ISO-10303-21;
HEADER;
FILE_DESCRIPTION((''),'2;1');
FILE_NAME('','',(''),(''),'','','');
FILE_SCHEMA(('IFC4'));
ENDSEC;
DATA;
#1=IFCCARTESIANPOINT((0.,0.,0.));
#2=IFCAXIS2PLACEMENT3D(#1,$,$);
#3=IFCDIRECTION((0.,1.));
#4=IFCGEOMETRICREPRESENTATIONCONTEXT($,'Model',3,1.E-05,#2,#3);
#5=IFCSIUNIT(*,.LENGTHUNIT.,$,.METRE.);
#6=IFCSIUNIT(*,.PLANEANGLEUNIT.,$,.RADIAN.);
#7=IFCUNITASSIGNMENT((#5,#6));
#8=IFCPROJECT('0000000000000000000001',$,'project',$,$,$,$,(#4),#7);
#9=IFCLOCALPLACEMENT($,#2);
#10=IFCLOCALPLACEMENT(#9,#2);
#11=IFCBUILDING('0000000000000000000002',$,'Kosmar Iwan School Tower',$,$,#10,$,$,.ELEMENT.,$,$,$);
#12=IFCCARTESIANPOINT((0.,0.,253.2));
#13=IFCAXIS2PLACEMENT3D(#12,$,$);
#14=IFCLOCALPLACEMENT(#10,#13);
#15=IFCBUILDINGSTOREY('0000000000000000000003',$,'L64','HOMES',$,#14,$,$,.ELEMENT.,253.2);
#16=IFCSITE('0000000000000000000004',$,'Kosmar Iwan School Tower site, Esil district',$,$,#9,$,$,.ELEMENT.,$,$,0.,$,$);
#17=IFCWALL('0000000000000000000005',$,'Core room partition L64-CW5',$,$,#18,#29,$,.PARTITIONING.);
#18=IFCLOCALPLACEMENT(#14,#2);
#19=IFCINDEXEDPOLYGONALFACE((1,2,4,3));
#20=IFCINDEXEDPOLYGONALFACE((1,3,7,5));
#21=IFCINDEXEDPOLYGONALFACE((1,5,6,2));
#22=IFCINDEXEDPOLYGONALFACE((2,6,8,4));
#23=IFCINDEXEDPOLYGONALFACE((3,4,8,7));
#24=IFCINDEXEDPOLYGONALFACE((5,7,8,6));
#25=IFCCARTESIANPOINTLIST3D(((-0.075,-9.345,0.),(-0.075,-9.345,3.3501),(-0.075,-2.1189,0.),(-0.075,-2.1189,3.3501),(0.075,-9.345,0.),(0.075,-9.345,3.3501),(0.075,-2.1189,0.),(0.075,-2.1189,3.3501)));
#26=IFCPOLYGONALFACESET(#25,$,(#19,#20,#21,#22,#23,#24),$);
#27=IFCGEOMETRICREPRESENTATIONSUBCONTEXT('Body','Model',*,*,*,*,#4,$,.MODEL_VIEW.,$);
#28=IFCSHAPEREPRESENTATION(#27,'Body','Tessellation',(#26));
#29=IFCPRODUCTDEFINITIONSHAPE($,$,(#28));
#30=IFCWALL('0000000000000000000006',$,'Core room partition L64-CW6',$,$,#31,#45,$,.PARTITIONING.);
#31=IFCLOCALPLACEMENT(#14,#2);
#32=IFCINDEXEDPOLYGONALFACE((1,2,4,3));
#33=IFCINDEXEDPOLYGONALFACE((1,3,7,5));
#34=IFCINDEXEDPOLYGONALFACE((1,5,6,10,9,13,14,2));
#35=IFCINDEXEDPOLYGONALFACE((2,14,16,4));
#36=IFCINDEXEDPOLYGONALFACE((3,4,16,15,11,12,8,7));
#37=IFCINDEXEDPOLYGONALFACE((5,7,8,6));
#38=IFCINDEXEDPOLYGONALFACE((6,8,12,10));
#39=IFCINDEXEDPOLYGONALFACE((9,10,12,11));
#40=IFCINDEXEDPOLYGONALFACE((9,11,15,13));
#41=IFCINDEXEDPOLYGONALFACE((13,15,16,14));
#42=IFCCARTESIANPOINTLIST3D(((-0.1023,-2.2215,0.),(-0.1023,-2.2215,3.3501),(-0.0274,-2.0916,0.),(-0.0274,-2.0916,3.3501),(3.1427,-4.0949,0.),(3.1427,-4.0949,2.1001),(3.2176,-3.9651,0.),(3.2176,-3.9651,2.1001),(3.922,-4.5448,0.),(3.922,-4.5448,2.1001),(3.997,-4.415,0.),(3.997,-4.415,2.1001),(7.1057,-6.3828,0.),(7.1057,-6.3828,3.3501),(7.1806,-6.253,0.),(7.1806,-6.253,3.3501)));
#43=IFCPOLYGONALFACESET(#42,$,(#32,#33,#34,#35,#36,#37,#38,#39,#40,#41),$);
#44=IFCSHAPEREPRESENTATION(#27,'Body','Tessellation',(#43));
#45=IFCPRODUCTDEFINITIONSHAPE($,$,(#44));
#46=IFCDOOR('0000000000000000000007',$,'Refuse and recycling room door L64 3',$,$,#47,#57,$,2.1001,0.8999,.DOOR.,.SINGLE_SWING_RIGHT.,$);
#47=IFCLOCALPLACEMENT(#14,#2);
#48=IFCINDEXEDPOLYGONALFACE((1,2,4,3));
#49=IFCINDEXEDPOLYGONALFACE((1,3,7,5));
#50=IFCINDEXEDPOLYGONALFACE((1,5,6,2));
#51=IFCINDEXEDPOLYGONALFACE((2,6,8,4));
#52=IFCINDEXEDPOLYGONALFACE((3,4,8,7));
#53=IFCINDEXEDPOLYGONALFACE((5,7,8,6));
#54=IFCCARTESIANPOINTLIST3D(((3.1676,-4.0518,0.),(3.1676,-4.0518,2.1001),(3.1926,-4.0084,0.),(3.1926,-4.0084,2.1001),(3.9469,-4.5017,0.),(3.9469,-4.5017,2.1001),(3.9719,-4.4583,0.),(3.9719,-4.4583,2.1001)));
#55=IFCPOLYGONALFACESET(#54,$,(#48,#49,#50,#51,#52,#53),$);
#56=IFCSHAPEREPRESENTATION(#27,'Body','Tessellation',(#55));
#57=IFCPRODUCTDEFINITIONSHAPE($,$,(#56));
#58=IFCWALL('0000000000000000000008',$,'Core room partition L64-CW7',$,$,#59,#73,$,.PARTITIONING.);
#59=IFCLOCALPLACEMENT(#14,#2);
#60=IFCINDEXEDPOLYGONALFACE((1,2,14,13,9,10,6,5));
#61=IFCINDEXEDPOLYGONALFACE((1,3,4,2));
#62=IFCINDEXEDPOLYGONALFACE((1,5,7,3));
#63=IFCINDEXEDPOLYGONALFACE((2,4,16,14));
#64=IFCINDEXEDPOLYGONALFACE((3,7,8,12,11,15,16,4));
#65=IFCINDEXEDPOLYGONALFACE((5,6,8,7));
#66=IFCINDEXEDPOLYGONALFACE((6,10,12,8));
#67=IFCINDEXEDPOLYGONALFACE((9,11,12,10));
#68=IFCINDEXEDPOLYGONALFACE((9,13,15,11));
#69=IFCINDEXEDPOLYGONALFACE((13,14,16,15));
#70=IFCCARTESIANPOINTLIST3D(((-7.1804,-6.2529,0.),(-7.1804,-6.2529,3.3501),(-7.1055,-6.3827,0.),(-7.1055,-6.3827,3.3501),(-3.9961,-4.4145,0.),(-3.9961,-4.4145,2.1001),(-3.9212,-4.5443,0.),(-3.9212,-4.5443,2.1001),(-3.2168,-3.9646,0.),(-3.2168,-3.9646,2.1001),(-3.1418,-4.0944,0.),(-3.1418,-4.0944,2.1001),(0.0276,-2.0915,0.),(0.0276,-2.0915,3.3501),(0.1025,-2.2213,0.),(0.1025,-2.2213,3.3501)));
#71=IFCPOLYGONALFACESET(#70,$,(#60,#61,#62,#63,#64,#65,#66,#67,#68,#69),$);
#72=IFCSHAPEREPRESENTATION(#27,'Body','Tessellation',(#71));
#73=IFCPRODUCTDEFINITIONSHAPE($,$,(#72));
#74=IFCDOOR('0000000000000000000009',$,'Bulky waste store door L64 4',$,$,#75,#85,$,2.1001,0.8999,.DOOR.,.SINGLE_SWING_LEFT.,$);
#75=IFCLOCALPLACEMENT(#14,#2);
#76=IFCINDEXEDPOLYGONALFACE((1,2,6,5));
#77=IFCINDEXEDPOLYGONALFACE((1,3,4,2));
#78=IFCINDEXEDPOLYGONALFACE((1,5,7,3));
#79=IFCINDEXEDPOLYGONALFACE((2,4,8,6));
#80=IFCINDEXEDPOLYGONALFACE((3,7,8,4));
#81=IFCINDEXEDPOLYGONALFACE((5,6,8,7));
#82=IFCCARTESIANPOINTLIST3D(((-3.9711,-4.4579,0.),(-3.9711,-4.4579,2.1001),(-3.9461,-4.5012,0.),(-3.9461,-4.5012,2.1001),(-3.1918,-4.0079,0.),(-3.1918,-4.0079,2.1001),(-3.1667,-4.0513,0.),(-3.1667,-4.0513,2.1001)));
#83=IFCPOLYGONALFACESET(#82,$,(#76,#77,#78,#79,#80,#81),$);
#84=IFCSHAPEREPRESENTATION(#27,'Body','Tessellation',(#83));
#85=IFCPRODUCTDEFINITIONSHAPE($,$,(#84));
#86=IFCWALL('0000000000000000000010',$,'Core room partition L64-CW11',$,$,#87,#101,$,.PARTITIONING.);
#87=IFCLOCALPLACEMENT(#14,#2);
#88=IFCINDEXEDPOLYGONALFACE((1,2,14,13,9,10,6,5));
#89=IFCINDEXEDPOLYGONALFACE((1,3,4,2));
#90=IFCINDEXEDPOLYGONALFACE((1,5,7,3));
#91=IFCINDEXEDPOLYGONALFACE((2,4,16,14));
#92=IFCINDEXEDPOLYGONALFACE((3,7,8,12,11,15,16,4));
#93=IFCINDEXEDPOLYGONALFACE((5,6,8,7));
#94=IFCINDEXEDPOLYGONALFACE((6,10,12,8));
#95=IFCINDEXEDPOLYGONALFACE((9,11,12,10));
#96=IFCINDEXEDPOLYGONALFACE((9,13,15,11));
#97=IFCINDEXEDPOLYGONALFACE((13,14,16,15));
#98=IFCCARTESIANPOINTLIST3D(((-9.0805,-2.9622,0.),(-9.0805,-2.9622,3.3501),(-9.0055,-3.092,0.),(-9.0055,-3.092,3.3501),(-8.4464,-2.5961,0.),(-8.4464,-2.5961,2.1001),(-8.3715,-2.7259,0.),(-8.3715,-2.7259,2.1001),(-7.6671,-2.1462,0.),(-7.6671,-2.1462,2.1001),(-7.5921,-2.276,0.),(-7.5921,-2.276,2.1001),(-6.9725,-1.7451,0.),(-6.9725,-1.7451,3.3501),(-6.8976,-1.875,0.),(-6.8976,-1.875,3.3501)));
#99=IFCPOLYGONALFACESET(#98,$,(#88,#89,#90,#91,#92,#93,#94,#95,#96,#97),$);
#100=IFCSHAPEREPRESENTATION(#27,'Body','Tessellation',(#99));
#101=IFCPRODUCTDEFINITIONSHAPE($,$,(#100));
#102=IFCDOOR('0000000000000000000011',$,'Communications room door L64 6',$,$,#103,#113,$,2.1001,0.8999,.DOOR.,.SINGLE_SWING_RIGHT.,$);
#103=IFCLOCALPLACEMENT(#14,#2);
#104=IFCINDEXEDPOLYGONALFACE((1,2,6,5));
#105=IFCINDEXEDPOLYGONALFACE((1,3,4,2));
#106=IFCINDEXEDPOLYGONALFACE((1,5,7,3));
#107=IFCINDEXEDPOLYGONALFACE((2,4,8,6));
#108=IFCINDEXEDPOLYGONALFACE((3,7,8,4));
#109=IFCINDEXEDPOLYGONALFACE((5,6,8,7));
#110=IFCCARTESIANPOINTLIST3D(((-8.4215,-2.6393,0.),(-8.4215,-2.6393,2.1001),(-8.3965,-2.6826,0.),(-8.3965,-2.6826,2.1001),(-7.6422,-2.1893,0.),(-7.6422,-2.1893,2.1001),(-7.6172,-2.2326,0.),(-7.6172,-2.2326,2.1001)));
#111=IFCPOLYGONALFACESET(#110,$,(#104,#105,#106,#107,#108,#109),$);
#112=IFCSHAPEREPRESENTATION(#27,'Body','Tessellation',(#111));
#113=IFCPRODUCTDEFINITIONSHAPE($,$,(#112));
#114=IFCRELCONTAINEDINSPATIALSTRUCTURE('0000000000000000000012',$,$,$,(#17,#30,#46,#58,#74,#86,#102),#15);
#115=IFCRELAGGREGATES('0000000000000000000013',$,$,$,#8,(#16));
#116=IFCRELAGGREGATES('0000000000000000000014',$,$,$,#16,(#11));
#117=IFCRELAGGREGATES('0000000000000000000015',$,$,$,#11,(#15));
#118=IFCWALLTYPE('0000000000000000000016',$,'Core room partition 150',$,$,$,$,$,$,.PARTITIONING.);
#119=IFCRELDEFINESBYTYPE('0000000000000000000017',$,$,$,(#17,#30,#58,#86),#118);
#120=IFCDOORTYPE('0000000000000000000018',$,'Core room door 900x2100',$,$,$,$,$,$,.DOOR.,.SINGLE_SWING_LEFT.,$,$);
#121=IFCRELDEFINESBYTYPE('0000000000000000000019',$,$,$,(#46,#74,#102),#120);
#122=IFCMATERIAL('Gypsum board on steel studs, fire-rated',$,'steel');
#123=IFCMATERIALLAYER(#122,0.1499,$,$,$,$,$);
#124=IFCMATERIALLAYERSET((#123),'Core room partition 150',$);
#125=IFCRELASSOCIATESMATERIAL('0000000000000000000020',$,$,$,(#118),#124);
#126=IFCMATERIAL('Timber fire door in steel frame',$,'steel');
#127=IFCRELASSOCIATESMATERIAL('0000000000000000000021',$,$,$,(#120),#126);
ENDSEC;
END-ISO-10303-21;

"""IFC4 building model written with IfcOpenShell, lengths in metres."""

from ifc_helpers import new_model, si_unit, direction, frame, frame_2d, origin, place, context, subcontext, project, spatial, rectangle, extrude, material, layer, layer_set, type_object, element, fill, save


model = new_model("IFC4")

# Units and contexts
model_context = context("Model", 3, precision=1e-05, world=origin(), true_north=direction((0.0, 1.0)))
body_context = subcontext(model_context, "Body", "Model", "MODEL_VIEW")
ifc_project = project(units=[si_unit("LENGTHUNIT", "METRE"), si_unit("PLANEANGLEUNIT", "RADIAN")], contexts=[model_context])

# Site, building, storey
site_placement = place(None, origin())
site = spatial("IfcSite", under=ifc_project, at=site_placement, Name="Kosmar Iwan School Tower site, Esil district", CompositionType="ELEMENT", RefElevation=0.0)
building_placement = place(site_placement, origin())
building = spatial("IfcBuilding", under=site, at=building_placement, Name="Kosmar Iwan School Tower", CompositionType="ELEMENT")
storey_placement = place(building_placement, frame((0.0, 0.0, 253.2)))
storey = spatial("IfcBuildingStorey", under=building, at=storey_placement, Name="L64", Description="HOMES", CompositionType="ELEMENT", Elevation=253.2)

# Wall
ifc_material_1 = material(Name="Gypsum board on steel studs, fire-rated", Category="steel")
ifc_layer_1 = layer(ifc_material_1, 0.1499)
ifc_layer_set_1 = layer_set([ifc_layer_1], Name="Core room partition 150")
wall_type_1 = type_object("IfcWallType", Name="Core room partition 150", PredefinedType="PARTITIONING", material=ifc_layer_set_1)
wall_1_placement = place(storey_placement, frame((0.0, -9.345, 0.0), z_axis=(0.0, 0.0, 1.0), x_axis=(0.0, 1.0, 0.0)))
element("IfcWall", 1, at=wall_1_placement, inside=storey, type_object=wall_type_1, Name="Core room partition L64-CW5", PredefinedType="PARTITIONING", context=body_context, shape_type="SweptSolid", body=[
    extrude(rectangle(XDim=7.2261, YDim=0.1499, at=frame_2d((3.613, 0.0))), origin(), (0.0, 0.0, 1.0), 3.3501),
])

# Walls, openings, doors
wall_2_placement = place(storey_placement, frame((-0.0649, -2.1565, 0.0), z_axis=(0.0, 0.0, 1.0), x_axis=(0.866034, -0.499985, 0.0)))
wall_2 = element("IfcWall", 2, at=wall_2_placement, inside=storey, type_object=wall_type_1, Name="Core room partition L64-CW6", PredefinedType="PARTITIONING", context=body_context, shape_type="SweptSolid", body=[
    extrude(rectangle(XDim=8.323, YDim=0.1499, at=frame_2d((4.1616, 0.0))), origin(), (0.0, 0.0, 1.0), 3.3501),
])
opening_1_placement = place(wall_2_placement, frame((3.7471, 0.0, 0.0)))
opening_1 = element("IfcOpeningElement", 3, at=opening_1_placement, cuts=wall_2, PredefinedType="OPENING", context=body_context, shape_type="SweptSolid", body=[
    extrude(rectangle(XDim=0.8999, YDim=2.1001, at=frame_2d((0.45, 1.05))), frame((0.0, 0.0869, 0.0), z_axis=(0.0, -1.0, 0.0), x_axis=(1.0, 0.0, 0.0)), (0.0, 0.0, 1.0), 0.1738),
])
ifc_material_2 = material(Name="Timber fire door in steel frame", Category="steel")
door_type_1 = type_object("IfcDoorType", Name="Core room door 900x2100", OperationType="SINGLE_SWING_LEFT", PredefinedType="DOOR", material=ifc_material_2)
door_1_placement = place(opening_1_placement, origin())
door_1 = element("IfcDoor", 4, at=door_1_placement, inside=storey, type_object=door_type_1, Name="Refuse and recycling room door L64 3", OperationType="SINGLE_SWING_RIGHT", OverallHeight=2.1001, OverallWidth=0.8999, PredefinedType="DOOR", context=body_context, shape_type="SweptSolid", body=[
    extrude(rectangle(XDim=0.8999, YDim=2.1001, at=frame_2d((0.45, 1.05))), frame((0.0, 0.0249, 0.0), z_axis=(0.0, -1.0, 0.0), x_axis=(1.0, 0.0, 0.0)), (0.0, 0.0, 1.0), 0.05),
])
fill(opening_1, door_1)
wall_3_placement = place(storey_placement, frame((-7.1431, -6.3179, 0.0), z_axis=(0.0, 0.0, 1.0), x_axis=(0.866034, 0.499985, 0.0)))
wall_3 = element("IfcWall", 5, at=wall_3_placement, inside=storey, type_object=wall_type_1, Name="Core room partition L64-CW7", PredefinedType="PARTITIONING", context=body_context, shape_type="SweptSolid", body=[
    extrude(rectangle(XDim=8.323, YDim=0.1499, at=frame_2d((4.1616, 0.0))), origin(), (0.0, 0.0, 1.0), 3.3501),
])
opening_2_placement = place(wall_3_placement, frame((3.677, 0.0, 0.0)))
opening_2 = element("IfcOpeningElement", 6, at=opening_2_placement, cuts=wall_3, PredefinedType="OPENING", context=body_context, shape_type="SweptSolid", body=[
    extrude(rectangle(XDim=0.8999, YDim=2.1001, at=frame_2d((0.45, 1.05))), frame((0.0, 0.0869, 0.0), z_axis=(0.0, -1.0, 0.0), x_axis=(1.0, 0.0, 0.0)), (0.0, 0.0, 1.0), 0.1738),
])
door_2_placement = place(opening_2_placement, origin())
door_2 = element("IfcDoor", 7, at=door_2_placement, inside=storey, type_object=door_type_1, Name="Bulky waste store door L64 4", OperationType="SINGLE_SWING_LEFT", OverallHeight=2.1001, OverallWidth=0.8999, PredefinedType="DOOR", context=body_context, shape_type="SweptSolid", body=[
    extrude(rectangle(XDim=0.8999, YDim=2.1001, at=frame_2d((0.45, 1.05))), frame((0.0, 0.0249, 0.0), z_axis=(0.0, -1.0, 0.0), x_axis=(1.0, 0.0, 0.0)), (0.0, 0.0, 1.0), 0.05),
])
fill(opening_2, door_2)
wall_4_placement = place(storey_placement, frame((-6.9351, -1.8101, 0.0), z_axis=(0.0, 0.0, 1.0), x_axis=(-0.866019, -0.500012, 0.0)))
wall_4 = element("IfcWall", 8, at=wall_4_placement, inside=storey, type_object=wall_type_1, Name="Core room partition L64-CW11", PredefinedType="PARTITIONING", context=body_context, shape_type="SweptSolid", body=[
    extrude(rectangle(XDim=2.4341, YDim=0.1499, at=frame_2d((1.217, 0.0))), origin(), (0.0, 0.0, 1.0), 3.3501),
])
opening_3_placement = place(wall_4_placement, frame((0.802, 0.0, 0.0)))
opening_3 = element("IfcOpeningElement", 9, at=opening_3_placement, cuts=wall_4, PredefinedType="OPENING", context=body_context, shape_type="SweptSolid", body=[
    extrude(rectangle(XDim=0.8999, YDim=2.1001, at=frame_2d((0.45, 1.05))), frame((0.0, 0.0869, 0.0), z_axis=(0.0, -1.0, 0.0), x_axis=(1.0, 0.0, 0.0)), (0.0, 0.0, 1.0), 0.1738),
])
door_3_placement = place(opening_3_placement, origin())
door_3 = element("IfcDoor", 10, at=door_3_placement, inside=storey, type_object=door_type_1, Name="Communications room door L64 6", OperationType="SINGLE_SWING_RIGHT", OverallHeight=2.1001, OverallWidth=0.8999, PredefinedType="DOOR", context=body_context, shape_type="SweptSolid", body=[
    extrude(rectangle(XDim=0.8999, YDim=2.1001, at=frame_2d((0.45, 1.05))), frame((0.0, 0.0249, 0.0), z_axis=(0.0, -1.0, 0.0), x_axis=(1.0, 0.0, 0.0)), (0.0, 0.0, 1.0), 0.05),
])
fill(opening_3, door_3)

save(model, "model.ifc")
